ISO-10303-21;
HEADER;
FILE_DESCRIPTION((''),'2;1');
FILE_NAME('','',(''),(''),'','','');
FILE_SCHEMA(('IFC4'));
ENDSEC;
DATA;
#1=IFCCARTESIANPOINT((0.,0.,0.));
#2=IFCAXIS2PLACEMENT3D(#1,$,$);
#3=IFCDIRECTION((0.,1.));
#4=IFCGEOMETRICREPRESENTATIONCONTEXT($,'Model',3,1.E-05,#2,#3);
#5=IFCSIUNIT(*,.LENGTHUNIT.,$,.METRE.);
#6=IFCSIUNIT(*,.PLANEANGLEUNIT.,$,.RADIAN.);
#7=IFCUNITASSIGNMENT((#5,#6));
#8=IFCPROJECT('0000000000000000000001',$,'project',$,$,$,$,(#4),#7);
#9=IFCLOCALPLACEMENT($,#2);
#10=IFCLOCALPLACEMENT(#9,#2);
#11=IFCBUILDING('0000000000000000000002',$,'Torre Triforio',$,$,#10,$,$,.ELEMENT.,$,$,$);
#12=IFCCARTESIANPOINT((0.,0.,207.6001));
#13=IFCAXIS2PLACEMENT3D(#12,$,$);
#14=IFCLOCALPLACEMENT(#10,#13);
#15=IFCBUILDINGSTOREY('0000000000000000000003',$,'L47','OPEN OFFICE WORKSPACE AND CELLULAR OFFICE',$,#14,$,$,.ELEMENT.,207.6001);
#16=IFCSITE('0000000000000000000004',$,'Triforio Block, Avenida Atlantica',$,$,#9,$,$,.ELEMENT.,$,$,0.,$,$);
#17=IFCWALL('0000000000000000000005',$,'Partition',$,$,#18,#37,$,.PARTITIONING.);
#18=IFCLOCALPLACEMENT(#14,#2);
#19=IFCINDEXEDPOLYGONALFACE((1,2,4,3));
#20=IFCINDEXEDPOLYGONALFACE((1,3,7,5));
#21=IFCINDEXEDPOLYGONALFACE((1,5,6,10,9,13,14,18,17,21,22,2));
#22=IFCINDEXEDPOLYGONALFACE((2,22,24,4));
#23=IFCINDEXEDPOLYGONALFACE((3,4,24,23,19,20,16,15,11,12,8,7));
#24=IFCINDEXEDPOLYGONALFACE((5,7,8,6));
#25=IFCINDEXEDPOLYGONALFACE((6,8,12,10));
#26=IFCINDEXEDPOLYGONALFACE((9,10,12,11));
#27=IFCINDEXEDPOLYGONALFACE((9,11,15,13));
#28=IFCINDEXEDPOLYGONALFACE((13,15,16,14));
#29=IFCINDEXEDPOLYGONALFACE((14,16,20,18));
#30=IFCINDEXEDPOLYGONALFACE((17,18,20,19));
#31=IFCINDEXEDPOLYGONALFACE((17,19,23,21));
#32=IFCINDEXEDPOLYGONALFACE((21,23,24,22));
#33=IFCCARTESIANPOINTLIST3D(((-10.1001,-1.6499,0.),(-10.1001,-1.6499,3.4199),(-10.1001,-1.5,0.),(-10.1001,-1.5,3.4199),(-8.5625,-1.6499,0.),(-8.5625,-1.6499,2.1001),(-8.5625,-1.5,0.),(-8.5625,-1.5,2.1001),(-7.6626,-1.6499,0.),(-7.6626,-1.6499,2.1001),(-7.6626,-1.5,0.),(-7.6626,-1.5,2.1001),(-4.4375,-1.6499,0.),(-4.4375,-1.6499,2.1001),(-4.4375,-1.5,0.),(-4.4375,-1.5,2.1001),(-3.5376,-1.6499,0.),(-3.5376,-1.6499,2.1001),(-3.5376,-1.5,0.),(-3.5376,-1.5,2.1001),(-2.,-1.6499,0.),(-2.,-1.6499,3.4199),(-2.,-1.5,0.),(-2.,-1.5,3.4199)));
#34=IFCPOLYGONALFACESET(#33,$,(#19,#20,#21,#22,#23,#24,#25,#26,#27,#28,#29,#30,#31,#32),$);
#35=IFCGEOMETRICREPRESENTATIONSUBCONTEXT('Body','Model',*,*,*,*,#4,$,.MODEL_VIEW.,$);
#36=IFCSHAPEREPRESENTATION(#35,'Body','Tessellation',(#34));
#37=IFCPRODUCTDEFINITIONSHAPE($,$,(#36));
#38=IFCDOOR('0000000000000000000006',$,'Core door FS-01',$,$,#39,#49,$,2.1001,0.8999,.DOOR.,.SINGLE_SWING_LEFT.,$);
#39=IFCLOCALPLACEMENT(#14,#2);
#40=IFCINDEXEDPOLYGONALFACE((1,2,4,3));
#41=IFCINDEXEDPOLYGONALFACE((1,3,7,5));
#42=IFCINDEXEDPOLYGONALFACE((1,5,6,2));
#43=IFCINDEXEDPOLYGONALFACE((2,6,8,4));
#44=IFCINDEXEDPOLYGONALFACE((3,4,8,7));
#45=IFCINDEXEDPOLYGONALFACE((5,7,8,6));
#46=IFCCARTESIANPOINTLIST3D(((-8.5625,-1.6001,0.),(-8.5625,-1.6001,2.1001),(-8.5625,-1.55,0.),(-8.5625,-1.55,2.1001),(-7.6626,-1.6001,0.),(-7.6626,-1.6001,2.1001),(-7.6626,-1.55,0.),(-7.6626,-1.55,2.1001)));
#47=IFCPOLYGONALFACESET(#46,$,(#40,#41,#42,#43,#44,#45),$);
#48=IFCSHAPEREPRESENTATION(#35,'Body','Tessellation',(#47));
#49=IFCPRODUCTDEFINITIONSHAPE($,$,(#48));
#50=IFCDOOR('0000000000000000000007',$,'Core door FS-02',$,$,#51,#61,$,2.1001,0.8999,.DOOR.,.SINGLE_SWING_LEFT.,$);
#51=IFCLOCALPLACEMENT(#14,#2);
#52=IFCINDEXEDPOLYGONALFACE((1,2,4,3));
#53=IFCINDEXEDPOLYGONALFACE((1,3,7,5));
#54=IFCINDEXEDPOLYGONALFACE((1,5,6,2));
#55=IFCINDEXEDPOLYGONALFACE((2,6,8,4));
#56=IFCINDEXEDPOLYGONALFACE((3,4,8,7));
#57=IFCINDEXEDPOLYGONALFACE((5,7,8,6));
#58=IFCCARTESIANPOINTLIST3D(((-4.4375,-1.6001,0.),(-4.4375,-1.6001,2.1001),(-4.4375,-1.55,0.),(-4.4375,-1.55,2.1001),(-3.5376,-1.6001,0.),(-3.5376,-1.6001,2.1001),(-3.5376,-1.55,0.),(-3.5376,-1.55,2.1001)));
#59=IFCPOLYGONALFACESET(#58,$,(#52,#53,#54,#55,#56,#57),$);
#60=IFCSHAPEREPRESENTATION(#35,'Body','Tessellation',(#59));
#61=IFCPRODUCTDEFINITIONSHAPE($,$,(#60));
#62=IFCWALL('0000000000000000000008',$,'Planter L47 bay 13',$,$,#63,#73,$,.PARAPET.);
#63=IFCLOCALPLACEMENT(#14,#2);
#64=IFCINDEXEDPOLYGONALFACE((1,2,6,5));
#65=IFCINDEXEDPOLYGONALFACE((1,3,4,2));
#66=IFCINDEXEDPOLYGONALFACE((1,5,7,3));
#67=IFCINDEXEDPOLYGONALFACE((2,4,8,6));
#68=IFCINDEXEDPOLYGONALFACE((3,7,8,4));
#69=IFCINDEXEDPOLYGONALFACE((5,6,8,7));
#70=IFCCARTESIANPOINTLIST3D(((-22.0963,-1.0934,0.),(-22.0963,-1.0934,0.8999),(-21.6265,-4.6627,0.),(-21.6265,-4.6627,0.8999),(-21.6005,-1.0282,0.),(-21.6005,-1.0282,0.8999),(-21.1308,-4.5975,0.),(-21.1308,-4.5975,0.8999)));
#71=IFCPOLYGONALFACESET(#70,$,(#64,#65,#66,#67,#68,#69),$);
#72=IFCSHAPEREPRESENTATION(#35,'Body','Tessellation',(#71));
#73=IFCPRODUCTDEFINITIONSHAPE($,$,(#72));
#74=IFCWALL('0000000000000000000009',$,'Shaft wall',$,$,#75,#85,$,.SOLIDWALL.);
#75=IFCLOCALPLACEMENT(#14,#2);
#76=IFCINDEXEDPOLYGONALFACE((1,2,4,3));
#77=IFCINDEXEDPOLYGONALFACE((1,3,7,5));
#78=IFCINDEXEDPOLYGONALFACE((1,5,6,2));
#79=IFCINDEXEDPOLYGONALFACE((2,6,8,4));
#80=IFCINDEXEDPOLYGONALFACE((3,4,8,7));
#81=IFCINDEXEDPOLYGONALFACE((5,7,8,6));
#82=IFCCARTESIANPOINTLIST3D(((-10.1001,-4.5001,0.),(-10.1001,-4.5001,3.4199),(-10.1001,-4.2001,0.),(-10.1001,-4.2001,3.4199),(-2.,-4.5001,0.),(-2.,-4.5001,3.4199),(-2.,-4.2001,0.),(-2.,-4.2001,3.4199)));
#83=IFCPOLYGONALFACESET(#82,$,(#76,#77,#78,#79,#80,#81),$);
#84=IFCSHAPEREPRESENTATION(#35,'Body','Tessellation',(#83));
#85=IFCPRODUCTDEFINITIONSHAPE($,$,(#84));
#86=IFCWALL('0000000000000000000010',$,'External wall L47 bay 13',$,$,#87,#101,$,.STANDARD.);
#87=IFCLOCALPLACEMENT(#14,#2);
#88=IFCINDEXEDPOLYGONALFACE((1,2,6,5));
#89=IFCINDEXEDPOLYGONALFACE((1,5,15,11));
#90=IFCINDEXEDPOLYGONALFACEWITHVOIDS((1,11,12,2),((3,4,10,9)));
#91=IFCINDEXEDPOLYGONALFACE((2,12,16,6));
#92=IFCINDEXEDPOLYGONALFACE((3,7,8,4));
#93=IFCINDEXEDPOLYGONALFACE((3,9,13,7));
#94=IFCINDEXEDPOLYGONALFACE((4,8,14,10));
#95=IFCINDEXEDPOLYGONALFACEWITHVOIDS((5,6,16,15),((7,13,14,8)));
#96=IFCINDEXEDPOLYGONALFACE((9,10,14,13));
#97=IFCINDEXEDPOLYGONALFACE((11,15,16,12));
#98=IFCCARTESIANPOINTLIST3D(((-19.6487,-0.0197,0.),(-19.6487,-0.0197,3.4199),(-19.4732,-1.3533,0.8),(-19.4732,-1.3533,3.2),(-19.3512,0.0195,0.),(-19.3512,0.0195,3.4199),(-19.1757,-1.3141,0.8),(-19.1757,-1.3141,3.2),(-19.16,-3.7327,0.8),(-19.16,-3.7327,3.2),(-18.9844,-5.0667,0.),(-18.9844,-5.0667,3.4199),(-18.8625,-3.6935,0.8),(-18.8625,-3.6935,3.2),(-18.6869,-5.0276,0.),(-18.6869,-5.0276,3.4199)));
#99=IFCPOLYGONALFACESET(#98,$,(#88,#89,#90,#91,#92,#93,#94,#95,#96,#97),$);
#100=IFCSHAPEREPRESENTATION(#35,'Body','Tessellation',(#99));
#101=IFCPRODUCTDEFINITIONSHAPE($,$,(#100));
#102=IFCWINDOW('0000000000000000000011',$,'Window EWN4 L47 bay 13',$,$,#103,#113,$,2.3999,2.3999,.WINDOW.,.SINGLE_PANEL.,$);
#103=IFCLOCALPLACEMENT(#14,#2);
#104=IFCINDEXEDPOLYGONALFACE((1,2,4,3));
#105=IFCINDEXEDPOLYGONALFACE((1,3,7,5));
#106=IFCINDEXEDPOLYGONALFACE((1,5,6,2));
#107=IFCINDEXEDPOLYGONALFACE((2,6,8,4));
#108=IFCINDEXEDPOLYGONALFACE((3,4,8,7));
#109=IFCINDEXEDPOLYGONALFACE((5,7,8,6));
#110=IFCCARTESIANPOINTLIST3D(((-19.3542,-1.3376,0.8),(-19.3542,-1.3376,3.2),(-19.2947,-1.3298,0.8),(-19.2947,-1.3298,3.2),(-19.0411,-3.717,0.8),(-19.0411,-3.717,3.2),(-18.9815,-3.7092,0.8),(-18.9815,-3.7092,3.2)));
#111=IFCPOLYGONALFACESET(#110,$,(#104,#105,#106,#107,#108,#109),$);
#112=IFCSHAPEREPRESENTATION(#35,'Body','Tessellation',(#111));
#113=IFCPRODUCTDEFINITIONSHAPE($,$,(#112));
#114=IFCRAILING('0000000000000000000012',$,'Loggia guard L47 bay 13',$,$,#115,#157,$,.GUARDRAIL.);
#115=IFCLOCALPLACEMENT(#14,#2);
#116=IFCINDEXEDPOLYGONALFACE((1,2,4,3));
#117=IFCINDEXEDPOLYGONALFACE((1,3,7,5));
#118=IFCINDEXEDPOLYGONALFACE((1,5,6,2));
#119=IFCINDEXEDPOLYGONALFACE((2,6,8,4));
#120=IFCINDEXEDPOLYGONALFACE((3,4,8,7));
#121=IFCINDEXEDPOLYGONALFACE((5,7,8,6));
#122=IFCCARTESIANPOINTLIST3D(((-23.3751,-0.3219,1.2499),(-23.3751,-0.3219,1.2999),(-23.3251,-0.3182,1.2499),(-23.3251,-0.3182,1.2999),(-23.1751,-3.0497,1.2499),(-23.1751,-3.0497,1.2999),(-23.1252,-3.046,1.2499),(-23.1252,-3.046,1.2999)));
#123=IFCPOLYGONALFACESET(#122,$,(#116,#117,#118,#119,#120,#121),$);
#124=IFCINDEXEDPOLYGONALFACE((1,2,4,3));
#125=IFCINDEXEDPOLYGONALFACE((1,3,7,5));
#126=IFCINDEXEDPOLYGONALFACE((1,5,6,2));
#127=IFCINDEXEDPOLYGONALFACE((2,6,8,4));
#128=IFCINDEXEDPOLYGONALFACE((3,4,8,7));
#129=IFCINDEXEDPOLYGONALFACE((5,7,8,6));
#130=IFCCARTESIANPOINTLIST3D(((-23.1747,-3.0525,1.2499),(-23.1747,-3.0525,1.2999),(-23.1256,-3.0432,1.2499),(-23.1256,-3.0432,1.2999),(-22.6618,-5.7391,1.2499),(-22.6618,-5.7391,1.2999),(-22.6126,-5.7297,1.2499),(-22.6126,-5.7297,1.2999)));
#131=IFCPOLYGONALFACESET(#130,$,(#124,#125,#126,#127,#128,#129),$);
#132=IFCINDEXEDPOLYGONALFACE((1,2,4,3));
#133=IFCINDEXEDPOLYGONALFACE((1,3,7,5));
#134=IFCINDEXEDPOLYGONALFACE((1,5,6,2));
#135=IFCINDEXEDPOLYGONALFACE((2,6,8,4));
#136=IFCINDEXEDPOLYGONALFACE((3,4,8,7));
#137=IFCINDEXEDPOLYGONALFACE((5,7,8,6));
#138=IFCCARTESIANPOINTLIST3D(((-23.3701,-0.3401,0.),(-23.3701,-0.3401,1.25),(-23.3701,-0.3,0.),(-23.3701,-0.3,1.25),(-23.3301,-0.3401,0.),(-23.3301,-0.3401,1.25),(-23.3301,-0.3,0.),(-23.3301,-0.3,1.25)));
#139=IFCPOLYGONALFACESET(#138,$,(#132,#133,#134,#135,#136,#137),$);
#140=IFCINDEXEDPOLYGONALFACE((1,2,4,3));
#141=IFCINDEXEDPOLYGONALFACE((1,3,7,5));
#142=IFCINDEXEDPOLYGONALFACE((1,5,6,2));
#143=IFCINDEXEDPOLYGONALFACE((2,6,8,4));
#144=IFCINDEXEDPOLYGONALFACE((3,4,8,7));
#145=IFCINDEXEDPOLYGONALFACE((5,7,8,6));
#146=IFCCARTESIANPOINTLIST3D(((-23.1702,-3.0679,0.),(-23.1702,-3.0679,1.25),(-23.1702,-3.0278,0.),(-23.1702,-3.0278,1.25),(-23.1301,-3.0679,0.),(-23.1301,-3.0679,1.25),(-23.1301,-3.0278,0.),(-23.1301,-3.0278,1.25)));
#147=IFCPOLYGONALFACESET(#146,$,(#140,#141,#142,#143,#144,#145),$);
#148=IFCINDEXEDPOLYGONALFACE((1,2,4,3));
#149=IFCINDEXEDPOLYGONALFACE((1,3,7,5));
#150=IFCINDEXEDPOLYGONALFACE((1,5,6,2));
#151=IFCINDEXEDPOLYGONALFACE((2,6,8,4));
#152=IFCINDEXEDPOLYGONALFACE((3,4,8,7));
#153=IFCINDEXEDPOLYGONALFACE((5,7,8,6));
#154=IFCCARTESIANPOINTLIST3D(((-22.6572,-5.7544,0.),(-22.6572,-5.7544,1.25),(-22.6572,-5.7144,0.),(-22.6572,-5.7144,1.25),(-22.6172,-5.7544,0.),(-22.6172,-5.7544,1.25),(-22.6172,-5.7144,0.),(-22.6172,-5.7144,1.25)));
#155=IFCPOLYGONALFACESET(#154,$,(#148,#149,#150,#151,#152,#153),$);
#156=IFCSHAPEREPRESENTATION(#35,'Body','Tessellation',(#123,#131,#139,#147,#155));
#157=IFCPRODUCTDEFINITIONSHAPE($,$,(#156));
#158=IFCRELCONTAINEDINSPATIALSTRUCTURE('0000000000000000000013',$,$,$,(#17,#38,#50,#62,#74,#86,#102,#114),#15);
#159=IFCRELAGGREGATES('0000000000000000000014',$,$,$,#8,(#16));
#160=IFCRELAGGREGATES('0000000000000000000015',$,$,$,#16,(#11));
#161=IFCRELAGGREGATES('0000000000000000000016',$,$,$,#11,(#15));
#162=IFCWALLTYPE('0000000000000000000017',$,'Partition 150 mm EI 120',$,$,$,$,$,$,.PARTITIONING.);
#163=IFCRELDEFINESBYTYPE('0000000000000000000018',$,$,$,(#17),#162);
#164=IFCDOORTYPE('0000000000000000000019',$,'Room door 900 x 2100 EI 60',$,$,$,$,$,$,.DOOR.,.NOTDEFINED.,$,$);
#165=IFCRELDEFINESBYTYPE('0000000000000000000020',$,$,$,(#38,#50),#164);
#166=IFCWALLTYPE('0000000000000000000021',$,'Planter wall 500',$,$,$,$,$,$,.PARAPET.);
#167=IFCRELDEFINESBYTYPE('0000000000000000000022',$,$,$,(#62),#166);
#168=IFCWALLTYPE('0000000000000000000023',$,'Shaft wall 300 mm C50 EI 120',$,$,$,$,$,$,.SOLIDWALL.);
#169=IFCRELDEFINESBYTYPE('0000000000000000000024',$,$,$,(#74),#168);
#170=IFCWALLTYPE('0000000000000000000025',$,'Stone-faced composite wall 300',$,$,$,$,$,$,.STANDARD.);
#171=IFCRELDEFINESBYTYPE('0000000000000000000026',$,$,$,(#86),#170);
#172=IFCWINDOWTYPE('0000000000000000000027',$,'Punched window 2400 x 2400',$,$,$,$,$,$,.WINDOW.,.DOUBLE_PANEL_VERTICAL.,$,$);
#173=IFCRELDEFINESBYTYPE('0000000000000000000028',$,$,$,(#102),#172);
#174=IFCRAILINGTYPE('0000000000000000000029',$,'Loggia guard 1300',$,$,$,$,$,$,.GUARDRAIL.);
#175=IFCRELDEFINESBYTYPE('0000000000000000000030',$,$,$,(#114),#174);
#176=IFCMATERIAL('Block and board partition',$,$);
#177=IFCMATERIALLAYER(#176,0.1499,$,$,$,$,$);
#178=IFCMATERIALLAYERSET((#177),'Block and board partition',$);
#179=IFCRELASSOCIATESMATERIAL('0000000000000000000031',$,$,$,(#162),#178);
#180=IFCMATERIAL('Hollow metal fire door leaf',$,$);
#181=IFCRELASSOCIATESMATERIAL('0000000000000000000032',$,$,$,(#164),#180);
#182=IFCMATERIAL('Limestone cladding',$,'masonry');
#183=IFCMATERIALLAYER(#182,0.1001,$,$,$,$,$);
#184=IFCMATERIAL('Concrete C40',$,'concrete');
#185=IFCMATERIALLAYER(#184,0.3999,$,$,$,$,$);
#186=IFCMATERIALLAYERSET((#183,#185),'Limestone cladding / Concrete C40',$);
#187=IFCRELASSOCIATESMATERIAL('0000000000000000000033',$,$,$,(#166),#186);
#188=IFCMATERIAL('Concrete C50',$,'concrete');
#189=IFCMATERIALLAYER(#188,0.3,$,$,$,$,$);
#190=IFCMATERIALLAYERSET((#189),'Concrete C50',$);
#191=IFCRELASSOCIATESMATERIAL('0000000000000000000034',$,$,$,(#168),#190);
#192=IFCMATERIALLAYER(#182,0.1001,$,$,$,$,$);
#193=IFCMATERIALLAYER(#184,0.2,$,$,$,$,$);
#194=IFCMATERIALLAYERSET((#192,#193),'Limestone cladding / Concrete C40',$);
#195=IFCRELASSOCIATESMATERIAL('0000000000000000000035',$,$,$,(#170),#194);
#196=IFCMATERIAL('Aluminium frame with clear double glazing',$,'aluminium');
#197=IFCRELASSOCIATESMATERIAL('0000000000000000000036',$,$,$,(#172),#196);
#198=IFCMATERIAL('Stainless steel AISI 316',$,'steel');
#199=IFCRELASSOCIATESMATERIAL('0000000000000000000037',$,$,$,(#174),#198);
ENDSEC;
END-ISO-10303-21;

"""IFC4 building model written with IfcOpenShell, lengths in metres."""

from ifc_helpers import new_model, si_unit, direction, frame, frame_2d, origin, origin_2d, place, context, subcontext, project, spatial, rectangle, extrude, material, layer, layer_set, type_object, element, fill, save


model = new_model("IFC4")

# Units and contexts
model_context = context("Model", 3, precision=1e-05, world=origin(), true_north=direction((0.0, 1.0)))
body_context = subcontext(model_context, "Body", "Model", "MODEL_VIEW")
ifc_project = project(units=[si_unit("LENGTHUNIT", "METRE"), si_unit("PLANEANGLEUNIT", "RADIAN")], contexts=[model_context])

# Site, building, storey
site_placement = place(None, origin())
site = spatial("IfcSite", under=ifc_project, at=site_placement, Name="Triforio Block, Avenida Atlantica", CompositionType="ELEMENT", RefElevation=0.0)
building_placement = place(site_placement, origin())
building = spatial("IfcBuilding", under=site, at=building_placement, Name="Torre Triforio", CompositionType="ELEMENT")
storey_placement = place(building_placement, frame((0.0, 0.0, 207.6001)))
storey = spatial("IfcBuildingStorey", under=building, at=storey_placement, Name="L47", Description="OPEN OFFICE WORKSPACE AND CELLULAR OFFICE", CompositionType="ELEMENT", Elevation=207.6001)

# Shared definitions
ifc_material_1 = material(Name="Concrete C50", Category="concrete")

# Shared definitions
ifc_material_2 = material(Name="Concrete C40", Category="concrete")

# Shared definitions
ifc_material_3 = material(Name="Hollow metal fire door leaf")

# Wall, openings, doors
ifc_material_4 = material(Name="Block and board partition")
ifc_layer_1 = layer(ifc_material_4, 0.1499)
ifc_layer_set_1 = layer_set([ifc_layer_1], Name="Block and board partition")
wall_type_1 = type_object("IfcWallType", Name="Partition 150 mm EI 120", PredefinedType="PARTITIONING", material=ifc_layer_set_1)
wall_1_placement = place(storey_placement, frame((-10.1001, -1.575, 0.0), z_axis=(0.0, 0.0, 1.0), x_axis=(1.0, 0.0, 0.0)))
wall_1 = element("IfcWall", 1, at=wall_1_placement, inside=storey, type_object=wall_type_1, Name="Partition", PredefinedType="PARTITIONING", context=body_context, shape_type="SweptSolid", body=[
    extrude(rectangle(XDim=8.1001, YDim=0.1499, at=frame_2d((4.05, 0.0))), origin(), (0.0, 0.0, 1.0), 3.4199),
])
opening_1_placement = place(wall_1_placement, frame((1.5376, 0.0, 0.0)))
opening_1 = element("IfcOpeningElement", 2, at=opening_1_placement, cuts=wall_1, PredefinedType="OPENING", context=body_context, shape_type="SweptSolid", body=[
    extrude(rectangle(XDim=0.8999, YDim=2.1001, at=frame_2d((0.45, 1.05))), frame((0.0, 0.085, 0.0), z_axis=(0.0, -1.0, 0.0), x_axis=(1.0, 0.0, 0.0)), (0.0, 0.0, 1.0), 0.1699),
])
opening_2_placement = place(wall_1_placement, frame((5.6626, 0.0, 0.0)))
opening_2 = element("IfcOpeningElement", 3, at=opening_2_placement, cuts=wall_1, PredefinedType="OPENING", context=body_context, shape_type="SweptSolid", body=[
    extrude(rectangle(XDim=0.8999, YDim=2.1001, at=frame_2d((0.45, 1.05))), frame((0.0, 0.085, 0.0), z_axis=(0.0, -1.0, 0.0), x_axis=(1.0, 0.0, 0.0)), (0.0, 0.0, 1.0), 0.1699),
])
door_type_1 = type_object("IfcDoorType", Name="Room door 900 x 2100 EI 60", OperationType="NOTDEFINED", PredefinedType="DOOR", material=ifc_material_3)
door_1_placement = place(opening_1_placement, origin())
door_1 = element("IfcDoor", 4, at=door_1_placement, inside=storey, type_object=door_type_1, Name="Core door FS-01", OperationType="SINGLE_SWING_LEFT", OverallHeight=2.1001, OverallWidth=0.8999, PredefinedType="DOOR", context=body_context, shape_type="SweptSolid", body=[
    extrude(rectangle(XDim=0.8999, YDim=2.1001, at=frame_2d((0.45, 1.05))), frame((0.0, 0.0249, 0.0), z_axis=(0.0, -1.0, 0.0), x_axis=(1.0, 0.0, 0.0)), (0.0, 0.0, 1.0), 0.05),
])
fill(opening_1, door_1)
door_2_placement = place(opening_2_placement, origin())
door_2 = element("IfcDoor", 5, at=door_2_placement, inside=storey, type_object=door_type_1, Name="Core door FS-02", OperationType="SINGLE_SWING_LEFT", OverallHeight=2.1001, OverallWidth=0.8999, PredefinedType="DOOR", context=body_context, shape_type="SweptSolid", body=[
    extrude(rectangle(XDim=0.8999, YDim=2.1001, at=frame_2d((0.45, 1.05))), frame((0.0, 0.0249, 0.0), z_axis=(0.0, -1.0, 0.0), x_axis=(1.0, 0.0, 0.0)), (0.0, 0.0, 1.0), 0.05),
])
fill(opening_2, door_2)

# Walls
ifc_material_5 = material(Name="Limestone cladding", Category="masonry")
ifc_layer_2 = layer(ifc_material_5, 0.1001)
ifc_layer_3 = layer(ifc_material_2, 0.3999)
ifc_layer_set_2 = layer_set([ifc_layer_2, ifc_layer_3], Name="Limestone cladding / Concrete C40")
wall_type_2 = type_object("IfcWallType", Name="Planter wall 500", PredefinedType="PARAPET", material=ifc_layer_set_2)
wall_2_placement = place(storey_placement, frame((-21.8484, -1.0608, 0.0), z_axis=(0.0, 0.0, 1.0), x_axis=(0.130476, -0.991452, 0.0)))
element("IfcWall", 6, at=wall_2_placement, inside=storey, type_object=wall_type_2, Name="Planter L47 bay 13", PredefinedType="PARAPET", context=body_context, shape_type="SweptSolid", body=[
    extrude(rectangle(XDim=3.6001, YDim=0.5, at=frame_2d((1.8, 0.0))), origin(), (0.0, 0.0, 1.0), 0.8999),
])
ifc_layer_4 = layer(ifc_material_1, 0.3)
ifc_layer_set_3 = layer_set([ifc_layer_4], Name="Concrete C50")
wall_type_3 = type_object("IfcWallType", Name="Shaft wall 300 mm C50 EI 120", PredefinedType="SOLIDWALL", material=ifc_layer_set_3)
wall_3_placement = place(storey_placement, frame((-10.1001, -4.3501, 0.0), z_axis=(0.0, 0.0, 1.0), x_axis=(1.0, 0.0, 0.0)))
element("IfcWall", 7, at=wall_3_placement, inside=storey, type_object=wall_type_3, Name="Shaft wall", PredefinedType="SOLIDWALL", context=body_context, shape_type="SweptSolid", body=[
    extrude(rectangle(XDim=8.1001, YDim=0.3, at=frame_2d((4.05, 0.0))), origin(), (0.0, 0.0, 1.0), 3.4199),
])

# Wall, opening, window
ifc_layer_5 = layer(ifc_material_5, 0.1001)
ifc_layer_6 = layer(ifc_material_2, 0.2)
ifc_layer_set_4 = layer_set([ifc_layer_5, ifc_layer_6], Name="Limestone cladding / Concrete C40")
wall_type_4 = type_object("IfcWallType", Name="Stone-faced composite wall 300", PredefinedType="STANDARD", material=ifc_layer_set_4)
wall_4_placement = place(storey_placement, frame((-19.5, 0.0, 0.0), z_axis=(0.0, 0.0, 1.0), x_axis=(0.130495, -0.991449, 0.0)))
wall_4 = element("IfcWall", 8, at=wall_4_placement, inside=storey, type_object=wall_type_4, Name="External wall L47 bay 13", PredefinedType="STANDARD", context=body_context, shape_type="SweptSolid", body=[
    extrude(rectangle(XDim=5.0906, YDim=0.3, at=frame_2d((2.5454, 0.0))), origin(), (0.0, 0.0, 1.0), 3.4199),
])
opening_3_placement = place(wall_4_placement, frame((1.3452, 0.0, 0.8)))
opening_3 = element("IfcOpeningElement", 9, at=opening_3_placement, cuts=wall_4, PredefinedType="OPENING", context=body_context, shape_type="SweptSolid", body=[
    extrude(rectangle(XDim=2.3999, YDim=2.3999, at=frame_2d((1.2, 1.2))), frame((0.0, 0.1599, 0.0), z_axis=(0.0, -1.0, 0.0), x_axis=(1.0, 0.0, 0.0)), (0.0, 0.0, 1.0), 0.3201),
])
ifc_material_6 = material(Name="Aluminium frame with clear double glazing", Category="aluminium")
window_type_1 = type_object("IfcWindowType", Name="Punched window 2400 x 2400", PartitioningType="DOUBLE_PANEL_VERTICAL", PredefinedType="WINDOW", material=ifc_material_6)
window_1_placement = place(opening_3_placement, origin())
window_1 = element("IfcWindow", 10, at=window_1_placement, inside=storey, type_object=window_type_1, Name="Window EWN4 L47 bay 13", OverallHeight=2.3999, OverallWidth=2.3999, PartitioningType="SINGLE_PANEL", PredefinedType="WINDOW", context=body_context, shape_type="SweptSolid", body=[
    extrude(rectangle(XDim=2.3999, YDim=2.3999, at=frame_2d((1.2, 1.2))), frame((0.0, 0.03, 0.0), z_axis=(0.0, -1.0, 0.0), x_axis=(1.0, 0.0, 0.0)), (0.0, 0.0, 1.0), 0.0601),
])
fill(opening_3, window_1)

# Railing
ifc_material_7 = material(Name="Stainless steel AISI 316", Category="steel")
railing_type = type_object("IfcRailingType", Name="Loggia guard 1300", PredefinedType="GUARDRAIL", material=ifc_material_7)
railing_placement = place(storey_placement, frame((-23.3501, -0.3201, 0.0)))
element("IfcRailing", 11, at=railing_placement, inside=storey, type_object=railing_type, Name="Loggia guard L47 bay 13", PredefinedType="GUARDRAIL", context=body_context, shape_type="SweptSolid", body=[
    extrude(rectangle(XDim=0.05, YDim=0.05, at=origin_2d()), frame((0.0, 0.0, 1.2749), z_axis=(0.073106, -0.997324, 0.0), x_axis=(0.997324, 0.073106, 0.0)), (0.0, 0.0, 1.0), 2.7351),
    extrude(rectangle(XDim=0.05, YDim=0.05, at=origin_2d()), frame((0.2, -2.7278, 1.2749), z_axis=(0.187543, -0.982256, 0.0), x_axis=(0.982256, 0.187543, 0.0)), (0.0, 0.0, 1.0), 2.7351),
    extrude(rectangle(XDim=0.04, YDim=0.04, at=origin_2d()), origin(), (0.0, 0.0, 1.0), 1.25),
    extrude(rectangle(XDim=0.04, YDim=0.04, at=origin_2d()), frame((0.2, -2.7278, 0.0)), (0.0, 0.0, 1.0), 1.25),
    extrude(rectangle(XDim=0.04, YDim=0.04, at=origin_2d()), frame((0.7129, -5.4143, 0.0)), (0.0, 0.0, 1.0), 1.25),
])

save(model, "model.ifc")
